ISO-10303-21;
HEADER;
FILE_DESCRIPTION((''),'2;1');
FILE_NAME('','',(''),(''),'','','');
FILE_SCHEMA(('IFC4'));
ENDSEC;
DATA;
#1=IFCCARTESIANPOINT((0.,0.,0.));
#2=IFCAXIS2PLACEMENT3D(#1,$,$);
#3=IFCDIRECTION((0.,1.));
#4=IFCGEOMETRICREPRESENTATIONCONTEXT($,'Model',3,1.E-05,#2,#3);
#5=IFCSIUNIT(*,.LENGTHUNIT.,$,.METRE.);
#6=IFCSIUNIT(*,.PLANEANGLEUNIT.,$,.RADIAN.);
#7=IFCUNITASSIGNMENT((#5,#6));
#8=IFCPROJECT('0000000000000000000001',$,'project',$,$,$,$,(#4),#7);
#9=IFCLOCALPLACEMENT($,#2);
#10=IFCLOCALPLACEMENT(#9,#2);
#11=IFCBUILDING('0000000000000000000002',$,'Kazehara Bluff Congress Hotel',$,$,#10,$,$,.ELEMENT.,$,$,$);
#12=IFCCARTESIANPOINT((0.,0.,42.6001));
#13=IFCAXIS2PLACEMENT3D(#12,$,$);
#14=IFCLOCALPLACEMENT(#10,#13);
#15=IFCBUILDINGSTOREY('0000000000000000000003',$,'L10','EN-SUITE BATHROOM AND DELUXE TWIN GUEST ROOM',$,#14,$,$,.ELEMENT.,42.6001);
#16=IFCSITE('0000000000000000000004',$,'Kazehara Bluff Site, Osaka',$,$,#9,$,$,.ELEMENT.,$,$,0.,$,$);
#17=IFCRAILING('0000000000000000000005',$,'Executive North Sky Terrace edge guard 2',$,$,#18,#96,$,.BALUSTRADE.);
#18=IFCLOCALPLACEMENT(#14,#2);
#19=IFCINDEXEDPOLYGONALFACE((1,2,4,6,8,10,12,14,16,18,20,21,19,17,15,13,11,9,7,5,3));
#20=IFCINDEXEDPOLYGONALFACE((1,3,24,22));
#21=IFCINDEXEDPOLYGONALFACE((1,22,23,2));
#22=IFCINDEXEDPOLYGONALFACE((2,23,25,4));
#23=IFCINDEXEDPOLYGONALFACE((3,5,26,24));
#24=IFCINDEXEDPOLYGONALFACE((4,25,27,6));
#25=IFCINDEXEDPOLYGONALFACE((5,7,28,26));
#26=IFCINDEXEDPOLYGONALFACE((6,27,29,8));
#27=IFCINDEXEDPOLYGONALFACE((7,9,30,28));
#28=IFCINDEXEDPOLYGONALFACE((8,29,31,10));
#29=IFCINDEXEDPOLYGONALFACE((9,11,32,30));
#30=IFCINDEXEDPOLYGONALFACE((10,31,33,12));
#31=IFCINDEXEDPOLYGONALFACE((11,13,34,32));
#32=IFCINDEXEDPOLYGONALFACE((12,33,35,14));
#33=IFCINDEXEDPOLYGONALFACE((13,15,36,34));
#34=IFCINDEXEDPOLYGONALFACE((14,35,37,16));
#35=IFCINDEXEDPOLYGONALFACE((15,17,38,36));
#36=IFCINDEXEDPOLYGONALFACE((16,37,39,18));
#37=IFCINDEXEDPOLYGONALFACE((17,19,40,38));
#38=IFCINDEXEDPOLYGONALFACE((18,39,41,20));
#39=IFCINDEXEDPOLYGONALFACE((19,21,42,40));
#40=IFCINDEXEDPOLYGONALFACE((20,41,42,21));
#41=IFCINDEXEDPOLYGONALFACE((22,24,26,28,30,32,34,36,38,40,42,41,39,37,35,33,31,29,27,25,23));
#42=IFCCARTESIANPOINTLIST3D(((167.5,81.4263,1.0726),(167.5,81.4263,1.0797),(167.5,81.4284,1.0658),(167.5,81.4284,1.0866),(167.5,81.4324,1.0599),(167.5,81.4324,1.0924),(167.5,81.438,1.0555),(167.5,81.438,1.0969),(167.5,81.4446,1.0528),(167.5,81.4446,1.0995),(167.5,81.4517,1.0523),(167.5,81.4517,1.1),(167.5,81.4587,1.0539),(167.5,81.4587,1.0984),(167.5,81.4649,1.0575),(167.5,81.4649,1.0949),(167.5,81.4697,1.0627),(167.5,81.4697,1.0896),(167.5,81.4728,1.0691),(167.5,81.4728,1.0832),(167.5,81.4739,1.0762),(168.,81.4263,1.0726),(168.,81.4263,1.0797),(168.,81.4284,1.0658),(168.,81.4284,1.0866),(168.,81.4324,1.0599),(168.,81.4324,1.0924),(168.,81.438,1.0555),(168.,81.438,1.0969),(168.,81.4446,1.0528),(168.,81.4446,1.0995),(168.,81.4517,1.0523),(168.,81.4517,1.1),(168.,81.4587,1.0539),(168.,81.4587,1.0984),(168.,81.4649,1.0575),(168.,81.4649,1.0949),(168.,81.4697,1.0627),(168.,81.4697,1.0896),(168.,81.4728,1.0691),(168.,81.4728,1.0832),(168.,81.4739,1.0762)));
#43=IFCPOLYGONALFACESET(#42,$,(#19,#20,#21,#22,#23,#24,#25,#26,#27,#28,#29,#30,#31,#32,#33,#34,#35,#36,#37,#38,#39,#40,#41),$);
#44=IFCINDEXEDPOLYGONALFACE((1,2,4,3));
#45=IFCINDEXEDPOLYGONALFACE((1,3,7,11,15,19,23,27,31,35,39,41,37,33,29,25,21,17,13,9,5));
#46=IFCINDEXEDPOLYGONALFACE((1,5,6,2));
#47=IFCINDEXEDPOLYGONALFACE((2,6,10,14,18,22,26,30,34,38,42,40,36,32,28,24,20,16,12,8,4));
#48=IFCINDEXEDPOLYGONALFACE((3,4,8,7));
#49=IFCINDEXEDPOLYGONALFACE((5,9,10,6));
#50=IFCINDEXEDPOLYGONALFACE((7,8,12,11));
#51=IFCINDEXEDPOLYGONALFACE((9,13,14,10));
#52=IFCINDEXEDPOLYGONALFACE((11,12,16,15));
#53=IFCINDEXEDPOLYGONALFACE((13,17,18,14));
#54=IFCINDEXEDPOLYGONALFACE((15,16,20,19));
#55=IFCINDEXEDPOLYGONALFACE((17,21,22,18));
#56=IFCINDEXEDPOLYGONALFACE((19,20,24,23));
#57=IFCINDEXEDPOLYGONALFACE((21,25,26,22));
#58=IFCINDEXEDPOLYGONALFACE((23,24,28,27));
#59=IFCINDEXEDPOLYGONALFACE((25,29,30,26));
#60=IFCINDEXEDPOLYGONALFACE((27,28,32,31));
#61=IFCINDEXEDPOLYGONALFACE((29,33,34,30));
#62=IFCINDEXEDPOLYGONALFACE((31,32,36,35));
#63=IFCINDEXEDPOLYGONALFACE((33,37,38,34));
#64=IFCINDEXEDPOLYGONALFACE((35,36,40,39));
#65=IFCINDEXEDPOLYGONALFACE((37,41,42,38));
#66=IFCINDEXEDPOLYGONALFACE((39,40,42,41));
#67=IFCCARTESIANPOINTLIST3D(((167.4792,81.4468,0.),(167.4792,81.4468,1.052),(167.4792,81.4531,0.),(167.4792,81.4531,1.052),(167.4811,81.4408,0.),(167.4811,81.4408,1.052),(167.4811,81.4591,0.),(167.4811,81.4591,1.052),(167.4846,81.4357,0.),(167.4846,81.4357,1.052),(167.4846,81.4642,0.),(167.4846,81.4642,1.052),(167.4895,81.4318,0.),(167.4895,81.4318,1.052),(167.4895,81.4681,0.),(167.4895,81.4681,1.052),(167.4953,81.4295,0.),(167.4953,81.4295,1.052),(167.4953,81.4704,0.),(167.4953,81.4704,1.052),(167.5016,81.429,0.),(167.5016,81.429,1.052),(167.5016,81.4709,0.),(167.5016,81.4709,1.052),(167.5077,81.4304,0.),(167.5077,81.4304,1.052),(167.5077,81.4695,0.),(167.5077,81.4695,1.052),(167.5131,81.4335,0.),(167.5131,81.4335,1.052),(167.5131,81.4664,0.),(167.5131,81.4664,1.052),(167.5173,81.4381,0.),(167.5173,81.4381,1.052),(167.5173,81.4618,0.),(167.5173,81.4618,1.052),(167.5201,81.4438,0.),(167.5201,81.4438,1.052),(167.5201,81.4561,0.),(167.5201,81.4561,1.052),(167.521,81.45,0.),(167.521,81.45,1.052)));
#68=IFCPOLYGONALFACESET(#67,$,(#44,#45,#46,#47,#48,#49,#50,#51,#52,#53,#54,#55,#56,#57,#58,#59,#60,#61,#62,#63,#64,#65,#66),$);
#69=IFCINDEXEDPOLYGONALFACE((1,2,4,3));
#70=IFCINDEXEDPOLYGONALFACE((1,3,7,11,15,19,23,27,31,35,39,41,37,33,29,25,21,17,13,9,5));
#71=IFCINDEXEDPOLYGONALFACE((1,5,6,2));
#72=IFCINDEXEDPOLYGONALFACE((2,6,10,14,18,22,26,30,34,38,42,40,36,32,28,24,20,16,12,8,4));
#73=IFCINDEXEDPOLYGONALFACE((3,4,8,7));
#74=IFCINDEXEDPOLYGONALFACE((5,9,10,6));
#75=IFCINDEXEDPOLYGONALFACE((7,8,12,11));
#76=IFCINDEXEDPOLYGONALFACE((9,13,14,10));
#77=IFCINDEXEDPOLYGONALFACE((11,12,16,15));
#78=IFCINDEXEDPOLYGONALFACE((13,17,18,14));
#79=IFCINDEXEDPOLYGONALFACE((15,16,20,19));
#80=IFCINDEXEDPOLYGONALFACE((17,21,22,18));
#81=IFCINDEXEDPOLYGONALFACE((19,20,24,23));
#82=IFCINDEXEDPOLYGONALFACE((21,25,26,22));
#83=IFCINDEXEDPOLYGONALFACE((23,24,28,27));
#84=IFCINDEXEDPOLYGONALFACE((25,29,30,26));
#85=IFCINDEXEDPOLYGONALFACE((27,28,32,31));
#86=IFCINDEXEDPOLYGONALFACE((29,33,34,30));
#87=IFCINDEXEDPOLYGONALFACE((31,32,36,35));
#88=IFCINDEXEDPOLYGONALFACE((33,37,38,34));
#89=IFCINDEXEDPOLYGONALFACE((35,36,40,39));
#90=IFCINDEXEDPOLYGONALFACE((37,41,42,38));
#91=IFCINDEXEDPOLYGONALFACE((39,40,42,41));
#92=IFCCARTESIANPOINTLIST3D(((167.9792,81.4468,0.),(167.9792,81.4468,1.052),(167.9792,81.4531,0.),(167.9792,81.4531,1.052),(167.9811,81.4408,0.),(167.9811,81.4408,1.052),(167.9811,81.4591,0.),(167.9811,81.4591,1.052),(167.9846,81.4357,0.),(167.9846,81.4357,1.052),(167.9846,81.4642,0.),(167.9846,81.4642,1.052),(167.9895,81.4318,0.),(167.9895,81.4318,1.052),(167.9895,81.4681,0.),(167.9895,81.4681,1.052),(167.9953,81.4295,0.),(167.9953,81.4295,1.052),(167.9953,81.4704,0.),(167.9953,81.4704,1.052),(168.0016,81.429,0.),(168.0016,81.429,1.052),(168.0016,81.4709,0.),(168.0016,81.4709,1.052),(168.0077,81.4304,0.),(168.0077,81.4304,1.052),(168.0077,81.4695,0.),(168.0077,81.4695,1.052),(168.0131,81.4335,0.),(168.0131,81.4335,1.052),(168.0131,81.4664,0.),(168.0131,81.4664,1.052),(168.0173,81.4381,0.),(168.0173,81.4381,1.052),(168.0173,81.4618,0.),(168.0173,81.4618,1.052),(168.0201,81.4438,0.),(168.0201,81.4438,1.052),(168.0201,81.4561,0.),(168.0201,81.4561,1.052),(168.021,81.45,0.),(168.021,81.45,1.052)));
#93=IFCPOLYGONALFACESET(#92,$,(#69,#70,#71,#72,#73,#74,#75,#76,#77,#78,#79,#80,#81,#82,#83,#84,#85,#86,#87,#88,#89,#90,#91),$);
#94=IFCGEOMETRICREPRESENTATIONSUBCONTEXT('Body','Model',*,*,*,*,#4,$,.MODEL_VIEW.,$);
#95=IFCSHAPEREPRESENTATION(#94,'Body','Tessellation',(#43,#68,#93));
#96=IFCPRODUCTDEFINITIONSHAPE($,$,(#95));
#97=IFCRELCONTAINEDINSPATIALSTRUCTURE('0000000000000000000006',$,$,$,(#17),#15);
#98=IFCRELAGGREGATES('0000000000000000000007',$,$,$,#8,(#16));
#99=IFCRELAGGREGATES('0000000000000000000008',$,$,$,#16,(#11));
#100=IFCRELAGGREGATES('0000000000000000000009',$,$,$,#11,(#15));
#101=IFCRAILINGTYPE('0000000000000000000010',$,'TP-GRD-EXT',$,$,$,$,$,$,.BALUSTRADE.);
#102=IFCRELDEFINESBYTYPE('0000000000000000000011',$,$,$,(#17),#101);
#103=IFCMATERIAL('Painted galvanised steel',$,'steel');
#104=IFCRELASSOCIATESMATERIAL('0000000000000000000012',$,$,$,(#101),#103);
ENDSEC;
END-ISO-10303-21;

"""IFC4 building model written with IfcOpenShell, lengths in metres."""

from ifc_helpers import new_model, si_unit, direction, frame, origin, origin_2d, place, context, subcontext, project, spatial, circle, extrude, material, type_object, element, save


model = new_model("IFC4")

# Units and contexts
model_context = context("Model", 3, precision=1e-05, world=origin(), true_north=direction((0.0, 1.0)))
body_context = subcontext(model_context, "Body", "Model", "MODEL_VIEW")
ifc_project = project(units=[si_unit("LENGTHUNIT", "METRE"), si_unit("PLANEANGLEUNIT", "RADIAN")], contexts=[model_context])

# Site, building, storey
site_placement = place(None, origin())
site = spatial("IfcSite", under=ifc_project, at=site_placement, Name="Kazehara Bluff Site, Osaka", CompositionType="ELEMENT", RefElevation=0.0)
building_placement = place(site_placement, origin())
building = spatial("IfcBuilding", under=site, at=building_placement, Name="Kazehara Bluff Congress Hotel", CompositionType="ELEMENT")
storey_placement = place(building_placement, frame((0.0, 0.0, 42.6001)))
storey = spatial("IfcBuildingStorey", under=building, at=storey_placement, Name="L10", Description="EN-SUITE BATHROOM AND DELUXE TWIN GUEST ROOM", CompositionType="ELEMENT", Elevation=42.6001)

# Railing
ifc_material_1 = material(Name="Painted galvanised steel", Category="steel")
railing_type = type_object("IfcRailingType", Name="TP-GRD-EXT", PredefinedType="BALUSTRADE", material=ifc_material_1)
railing_1_placement = place(storey_placement, frame((167.5, 81.45, 0.0)))
element("IfcRailing", 1, at=railing_1_placement, inside=storey, type_object=railing_type, Name="Executive North Sky Terrace edge guard 2", PredefinedType="BALUSTRADE", context=body_context, shape_type="SweptSolid", body=[
    extrude(circle(Radius=0.0239, at=origin_2d()), frame((0.0, 0.0, 1.0762), z_axis=(1.0, 0.0, 0.0), x_axis=(0.0, 1.0, 0.0)), (0.0, 0.0, 1.0), 0.5),
    extrude(circle(Radius=0.021, at=origin_2d()), origin(), (0.0, 0.0, 1.0), 1.052),
    extrude(circle(Radius=0.021, at=origin_2d()), frame((0.5, 0.0, 0.0)), (0.0, 0.0, 1.0), 1.052),
])

save(model, "model.ifc")
